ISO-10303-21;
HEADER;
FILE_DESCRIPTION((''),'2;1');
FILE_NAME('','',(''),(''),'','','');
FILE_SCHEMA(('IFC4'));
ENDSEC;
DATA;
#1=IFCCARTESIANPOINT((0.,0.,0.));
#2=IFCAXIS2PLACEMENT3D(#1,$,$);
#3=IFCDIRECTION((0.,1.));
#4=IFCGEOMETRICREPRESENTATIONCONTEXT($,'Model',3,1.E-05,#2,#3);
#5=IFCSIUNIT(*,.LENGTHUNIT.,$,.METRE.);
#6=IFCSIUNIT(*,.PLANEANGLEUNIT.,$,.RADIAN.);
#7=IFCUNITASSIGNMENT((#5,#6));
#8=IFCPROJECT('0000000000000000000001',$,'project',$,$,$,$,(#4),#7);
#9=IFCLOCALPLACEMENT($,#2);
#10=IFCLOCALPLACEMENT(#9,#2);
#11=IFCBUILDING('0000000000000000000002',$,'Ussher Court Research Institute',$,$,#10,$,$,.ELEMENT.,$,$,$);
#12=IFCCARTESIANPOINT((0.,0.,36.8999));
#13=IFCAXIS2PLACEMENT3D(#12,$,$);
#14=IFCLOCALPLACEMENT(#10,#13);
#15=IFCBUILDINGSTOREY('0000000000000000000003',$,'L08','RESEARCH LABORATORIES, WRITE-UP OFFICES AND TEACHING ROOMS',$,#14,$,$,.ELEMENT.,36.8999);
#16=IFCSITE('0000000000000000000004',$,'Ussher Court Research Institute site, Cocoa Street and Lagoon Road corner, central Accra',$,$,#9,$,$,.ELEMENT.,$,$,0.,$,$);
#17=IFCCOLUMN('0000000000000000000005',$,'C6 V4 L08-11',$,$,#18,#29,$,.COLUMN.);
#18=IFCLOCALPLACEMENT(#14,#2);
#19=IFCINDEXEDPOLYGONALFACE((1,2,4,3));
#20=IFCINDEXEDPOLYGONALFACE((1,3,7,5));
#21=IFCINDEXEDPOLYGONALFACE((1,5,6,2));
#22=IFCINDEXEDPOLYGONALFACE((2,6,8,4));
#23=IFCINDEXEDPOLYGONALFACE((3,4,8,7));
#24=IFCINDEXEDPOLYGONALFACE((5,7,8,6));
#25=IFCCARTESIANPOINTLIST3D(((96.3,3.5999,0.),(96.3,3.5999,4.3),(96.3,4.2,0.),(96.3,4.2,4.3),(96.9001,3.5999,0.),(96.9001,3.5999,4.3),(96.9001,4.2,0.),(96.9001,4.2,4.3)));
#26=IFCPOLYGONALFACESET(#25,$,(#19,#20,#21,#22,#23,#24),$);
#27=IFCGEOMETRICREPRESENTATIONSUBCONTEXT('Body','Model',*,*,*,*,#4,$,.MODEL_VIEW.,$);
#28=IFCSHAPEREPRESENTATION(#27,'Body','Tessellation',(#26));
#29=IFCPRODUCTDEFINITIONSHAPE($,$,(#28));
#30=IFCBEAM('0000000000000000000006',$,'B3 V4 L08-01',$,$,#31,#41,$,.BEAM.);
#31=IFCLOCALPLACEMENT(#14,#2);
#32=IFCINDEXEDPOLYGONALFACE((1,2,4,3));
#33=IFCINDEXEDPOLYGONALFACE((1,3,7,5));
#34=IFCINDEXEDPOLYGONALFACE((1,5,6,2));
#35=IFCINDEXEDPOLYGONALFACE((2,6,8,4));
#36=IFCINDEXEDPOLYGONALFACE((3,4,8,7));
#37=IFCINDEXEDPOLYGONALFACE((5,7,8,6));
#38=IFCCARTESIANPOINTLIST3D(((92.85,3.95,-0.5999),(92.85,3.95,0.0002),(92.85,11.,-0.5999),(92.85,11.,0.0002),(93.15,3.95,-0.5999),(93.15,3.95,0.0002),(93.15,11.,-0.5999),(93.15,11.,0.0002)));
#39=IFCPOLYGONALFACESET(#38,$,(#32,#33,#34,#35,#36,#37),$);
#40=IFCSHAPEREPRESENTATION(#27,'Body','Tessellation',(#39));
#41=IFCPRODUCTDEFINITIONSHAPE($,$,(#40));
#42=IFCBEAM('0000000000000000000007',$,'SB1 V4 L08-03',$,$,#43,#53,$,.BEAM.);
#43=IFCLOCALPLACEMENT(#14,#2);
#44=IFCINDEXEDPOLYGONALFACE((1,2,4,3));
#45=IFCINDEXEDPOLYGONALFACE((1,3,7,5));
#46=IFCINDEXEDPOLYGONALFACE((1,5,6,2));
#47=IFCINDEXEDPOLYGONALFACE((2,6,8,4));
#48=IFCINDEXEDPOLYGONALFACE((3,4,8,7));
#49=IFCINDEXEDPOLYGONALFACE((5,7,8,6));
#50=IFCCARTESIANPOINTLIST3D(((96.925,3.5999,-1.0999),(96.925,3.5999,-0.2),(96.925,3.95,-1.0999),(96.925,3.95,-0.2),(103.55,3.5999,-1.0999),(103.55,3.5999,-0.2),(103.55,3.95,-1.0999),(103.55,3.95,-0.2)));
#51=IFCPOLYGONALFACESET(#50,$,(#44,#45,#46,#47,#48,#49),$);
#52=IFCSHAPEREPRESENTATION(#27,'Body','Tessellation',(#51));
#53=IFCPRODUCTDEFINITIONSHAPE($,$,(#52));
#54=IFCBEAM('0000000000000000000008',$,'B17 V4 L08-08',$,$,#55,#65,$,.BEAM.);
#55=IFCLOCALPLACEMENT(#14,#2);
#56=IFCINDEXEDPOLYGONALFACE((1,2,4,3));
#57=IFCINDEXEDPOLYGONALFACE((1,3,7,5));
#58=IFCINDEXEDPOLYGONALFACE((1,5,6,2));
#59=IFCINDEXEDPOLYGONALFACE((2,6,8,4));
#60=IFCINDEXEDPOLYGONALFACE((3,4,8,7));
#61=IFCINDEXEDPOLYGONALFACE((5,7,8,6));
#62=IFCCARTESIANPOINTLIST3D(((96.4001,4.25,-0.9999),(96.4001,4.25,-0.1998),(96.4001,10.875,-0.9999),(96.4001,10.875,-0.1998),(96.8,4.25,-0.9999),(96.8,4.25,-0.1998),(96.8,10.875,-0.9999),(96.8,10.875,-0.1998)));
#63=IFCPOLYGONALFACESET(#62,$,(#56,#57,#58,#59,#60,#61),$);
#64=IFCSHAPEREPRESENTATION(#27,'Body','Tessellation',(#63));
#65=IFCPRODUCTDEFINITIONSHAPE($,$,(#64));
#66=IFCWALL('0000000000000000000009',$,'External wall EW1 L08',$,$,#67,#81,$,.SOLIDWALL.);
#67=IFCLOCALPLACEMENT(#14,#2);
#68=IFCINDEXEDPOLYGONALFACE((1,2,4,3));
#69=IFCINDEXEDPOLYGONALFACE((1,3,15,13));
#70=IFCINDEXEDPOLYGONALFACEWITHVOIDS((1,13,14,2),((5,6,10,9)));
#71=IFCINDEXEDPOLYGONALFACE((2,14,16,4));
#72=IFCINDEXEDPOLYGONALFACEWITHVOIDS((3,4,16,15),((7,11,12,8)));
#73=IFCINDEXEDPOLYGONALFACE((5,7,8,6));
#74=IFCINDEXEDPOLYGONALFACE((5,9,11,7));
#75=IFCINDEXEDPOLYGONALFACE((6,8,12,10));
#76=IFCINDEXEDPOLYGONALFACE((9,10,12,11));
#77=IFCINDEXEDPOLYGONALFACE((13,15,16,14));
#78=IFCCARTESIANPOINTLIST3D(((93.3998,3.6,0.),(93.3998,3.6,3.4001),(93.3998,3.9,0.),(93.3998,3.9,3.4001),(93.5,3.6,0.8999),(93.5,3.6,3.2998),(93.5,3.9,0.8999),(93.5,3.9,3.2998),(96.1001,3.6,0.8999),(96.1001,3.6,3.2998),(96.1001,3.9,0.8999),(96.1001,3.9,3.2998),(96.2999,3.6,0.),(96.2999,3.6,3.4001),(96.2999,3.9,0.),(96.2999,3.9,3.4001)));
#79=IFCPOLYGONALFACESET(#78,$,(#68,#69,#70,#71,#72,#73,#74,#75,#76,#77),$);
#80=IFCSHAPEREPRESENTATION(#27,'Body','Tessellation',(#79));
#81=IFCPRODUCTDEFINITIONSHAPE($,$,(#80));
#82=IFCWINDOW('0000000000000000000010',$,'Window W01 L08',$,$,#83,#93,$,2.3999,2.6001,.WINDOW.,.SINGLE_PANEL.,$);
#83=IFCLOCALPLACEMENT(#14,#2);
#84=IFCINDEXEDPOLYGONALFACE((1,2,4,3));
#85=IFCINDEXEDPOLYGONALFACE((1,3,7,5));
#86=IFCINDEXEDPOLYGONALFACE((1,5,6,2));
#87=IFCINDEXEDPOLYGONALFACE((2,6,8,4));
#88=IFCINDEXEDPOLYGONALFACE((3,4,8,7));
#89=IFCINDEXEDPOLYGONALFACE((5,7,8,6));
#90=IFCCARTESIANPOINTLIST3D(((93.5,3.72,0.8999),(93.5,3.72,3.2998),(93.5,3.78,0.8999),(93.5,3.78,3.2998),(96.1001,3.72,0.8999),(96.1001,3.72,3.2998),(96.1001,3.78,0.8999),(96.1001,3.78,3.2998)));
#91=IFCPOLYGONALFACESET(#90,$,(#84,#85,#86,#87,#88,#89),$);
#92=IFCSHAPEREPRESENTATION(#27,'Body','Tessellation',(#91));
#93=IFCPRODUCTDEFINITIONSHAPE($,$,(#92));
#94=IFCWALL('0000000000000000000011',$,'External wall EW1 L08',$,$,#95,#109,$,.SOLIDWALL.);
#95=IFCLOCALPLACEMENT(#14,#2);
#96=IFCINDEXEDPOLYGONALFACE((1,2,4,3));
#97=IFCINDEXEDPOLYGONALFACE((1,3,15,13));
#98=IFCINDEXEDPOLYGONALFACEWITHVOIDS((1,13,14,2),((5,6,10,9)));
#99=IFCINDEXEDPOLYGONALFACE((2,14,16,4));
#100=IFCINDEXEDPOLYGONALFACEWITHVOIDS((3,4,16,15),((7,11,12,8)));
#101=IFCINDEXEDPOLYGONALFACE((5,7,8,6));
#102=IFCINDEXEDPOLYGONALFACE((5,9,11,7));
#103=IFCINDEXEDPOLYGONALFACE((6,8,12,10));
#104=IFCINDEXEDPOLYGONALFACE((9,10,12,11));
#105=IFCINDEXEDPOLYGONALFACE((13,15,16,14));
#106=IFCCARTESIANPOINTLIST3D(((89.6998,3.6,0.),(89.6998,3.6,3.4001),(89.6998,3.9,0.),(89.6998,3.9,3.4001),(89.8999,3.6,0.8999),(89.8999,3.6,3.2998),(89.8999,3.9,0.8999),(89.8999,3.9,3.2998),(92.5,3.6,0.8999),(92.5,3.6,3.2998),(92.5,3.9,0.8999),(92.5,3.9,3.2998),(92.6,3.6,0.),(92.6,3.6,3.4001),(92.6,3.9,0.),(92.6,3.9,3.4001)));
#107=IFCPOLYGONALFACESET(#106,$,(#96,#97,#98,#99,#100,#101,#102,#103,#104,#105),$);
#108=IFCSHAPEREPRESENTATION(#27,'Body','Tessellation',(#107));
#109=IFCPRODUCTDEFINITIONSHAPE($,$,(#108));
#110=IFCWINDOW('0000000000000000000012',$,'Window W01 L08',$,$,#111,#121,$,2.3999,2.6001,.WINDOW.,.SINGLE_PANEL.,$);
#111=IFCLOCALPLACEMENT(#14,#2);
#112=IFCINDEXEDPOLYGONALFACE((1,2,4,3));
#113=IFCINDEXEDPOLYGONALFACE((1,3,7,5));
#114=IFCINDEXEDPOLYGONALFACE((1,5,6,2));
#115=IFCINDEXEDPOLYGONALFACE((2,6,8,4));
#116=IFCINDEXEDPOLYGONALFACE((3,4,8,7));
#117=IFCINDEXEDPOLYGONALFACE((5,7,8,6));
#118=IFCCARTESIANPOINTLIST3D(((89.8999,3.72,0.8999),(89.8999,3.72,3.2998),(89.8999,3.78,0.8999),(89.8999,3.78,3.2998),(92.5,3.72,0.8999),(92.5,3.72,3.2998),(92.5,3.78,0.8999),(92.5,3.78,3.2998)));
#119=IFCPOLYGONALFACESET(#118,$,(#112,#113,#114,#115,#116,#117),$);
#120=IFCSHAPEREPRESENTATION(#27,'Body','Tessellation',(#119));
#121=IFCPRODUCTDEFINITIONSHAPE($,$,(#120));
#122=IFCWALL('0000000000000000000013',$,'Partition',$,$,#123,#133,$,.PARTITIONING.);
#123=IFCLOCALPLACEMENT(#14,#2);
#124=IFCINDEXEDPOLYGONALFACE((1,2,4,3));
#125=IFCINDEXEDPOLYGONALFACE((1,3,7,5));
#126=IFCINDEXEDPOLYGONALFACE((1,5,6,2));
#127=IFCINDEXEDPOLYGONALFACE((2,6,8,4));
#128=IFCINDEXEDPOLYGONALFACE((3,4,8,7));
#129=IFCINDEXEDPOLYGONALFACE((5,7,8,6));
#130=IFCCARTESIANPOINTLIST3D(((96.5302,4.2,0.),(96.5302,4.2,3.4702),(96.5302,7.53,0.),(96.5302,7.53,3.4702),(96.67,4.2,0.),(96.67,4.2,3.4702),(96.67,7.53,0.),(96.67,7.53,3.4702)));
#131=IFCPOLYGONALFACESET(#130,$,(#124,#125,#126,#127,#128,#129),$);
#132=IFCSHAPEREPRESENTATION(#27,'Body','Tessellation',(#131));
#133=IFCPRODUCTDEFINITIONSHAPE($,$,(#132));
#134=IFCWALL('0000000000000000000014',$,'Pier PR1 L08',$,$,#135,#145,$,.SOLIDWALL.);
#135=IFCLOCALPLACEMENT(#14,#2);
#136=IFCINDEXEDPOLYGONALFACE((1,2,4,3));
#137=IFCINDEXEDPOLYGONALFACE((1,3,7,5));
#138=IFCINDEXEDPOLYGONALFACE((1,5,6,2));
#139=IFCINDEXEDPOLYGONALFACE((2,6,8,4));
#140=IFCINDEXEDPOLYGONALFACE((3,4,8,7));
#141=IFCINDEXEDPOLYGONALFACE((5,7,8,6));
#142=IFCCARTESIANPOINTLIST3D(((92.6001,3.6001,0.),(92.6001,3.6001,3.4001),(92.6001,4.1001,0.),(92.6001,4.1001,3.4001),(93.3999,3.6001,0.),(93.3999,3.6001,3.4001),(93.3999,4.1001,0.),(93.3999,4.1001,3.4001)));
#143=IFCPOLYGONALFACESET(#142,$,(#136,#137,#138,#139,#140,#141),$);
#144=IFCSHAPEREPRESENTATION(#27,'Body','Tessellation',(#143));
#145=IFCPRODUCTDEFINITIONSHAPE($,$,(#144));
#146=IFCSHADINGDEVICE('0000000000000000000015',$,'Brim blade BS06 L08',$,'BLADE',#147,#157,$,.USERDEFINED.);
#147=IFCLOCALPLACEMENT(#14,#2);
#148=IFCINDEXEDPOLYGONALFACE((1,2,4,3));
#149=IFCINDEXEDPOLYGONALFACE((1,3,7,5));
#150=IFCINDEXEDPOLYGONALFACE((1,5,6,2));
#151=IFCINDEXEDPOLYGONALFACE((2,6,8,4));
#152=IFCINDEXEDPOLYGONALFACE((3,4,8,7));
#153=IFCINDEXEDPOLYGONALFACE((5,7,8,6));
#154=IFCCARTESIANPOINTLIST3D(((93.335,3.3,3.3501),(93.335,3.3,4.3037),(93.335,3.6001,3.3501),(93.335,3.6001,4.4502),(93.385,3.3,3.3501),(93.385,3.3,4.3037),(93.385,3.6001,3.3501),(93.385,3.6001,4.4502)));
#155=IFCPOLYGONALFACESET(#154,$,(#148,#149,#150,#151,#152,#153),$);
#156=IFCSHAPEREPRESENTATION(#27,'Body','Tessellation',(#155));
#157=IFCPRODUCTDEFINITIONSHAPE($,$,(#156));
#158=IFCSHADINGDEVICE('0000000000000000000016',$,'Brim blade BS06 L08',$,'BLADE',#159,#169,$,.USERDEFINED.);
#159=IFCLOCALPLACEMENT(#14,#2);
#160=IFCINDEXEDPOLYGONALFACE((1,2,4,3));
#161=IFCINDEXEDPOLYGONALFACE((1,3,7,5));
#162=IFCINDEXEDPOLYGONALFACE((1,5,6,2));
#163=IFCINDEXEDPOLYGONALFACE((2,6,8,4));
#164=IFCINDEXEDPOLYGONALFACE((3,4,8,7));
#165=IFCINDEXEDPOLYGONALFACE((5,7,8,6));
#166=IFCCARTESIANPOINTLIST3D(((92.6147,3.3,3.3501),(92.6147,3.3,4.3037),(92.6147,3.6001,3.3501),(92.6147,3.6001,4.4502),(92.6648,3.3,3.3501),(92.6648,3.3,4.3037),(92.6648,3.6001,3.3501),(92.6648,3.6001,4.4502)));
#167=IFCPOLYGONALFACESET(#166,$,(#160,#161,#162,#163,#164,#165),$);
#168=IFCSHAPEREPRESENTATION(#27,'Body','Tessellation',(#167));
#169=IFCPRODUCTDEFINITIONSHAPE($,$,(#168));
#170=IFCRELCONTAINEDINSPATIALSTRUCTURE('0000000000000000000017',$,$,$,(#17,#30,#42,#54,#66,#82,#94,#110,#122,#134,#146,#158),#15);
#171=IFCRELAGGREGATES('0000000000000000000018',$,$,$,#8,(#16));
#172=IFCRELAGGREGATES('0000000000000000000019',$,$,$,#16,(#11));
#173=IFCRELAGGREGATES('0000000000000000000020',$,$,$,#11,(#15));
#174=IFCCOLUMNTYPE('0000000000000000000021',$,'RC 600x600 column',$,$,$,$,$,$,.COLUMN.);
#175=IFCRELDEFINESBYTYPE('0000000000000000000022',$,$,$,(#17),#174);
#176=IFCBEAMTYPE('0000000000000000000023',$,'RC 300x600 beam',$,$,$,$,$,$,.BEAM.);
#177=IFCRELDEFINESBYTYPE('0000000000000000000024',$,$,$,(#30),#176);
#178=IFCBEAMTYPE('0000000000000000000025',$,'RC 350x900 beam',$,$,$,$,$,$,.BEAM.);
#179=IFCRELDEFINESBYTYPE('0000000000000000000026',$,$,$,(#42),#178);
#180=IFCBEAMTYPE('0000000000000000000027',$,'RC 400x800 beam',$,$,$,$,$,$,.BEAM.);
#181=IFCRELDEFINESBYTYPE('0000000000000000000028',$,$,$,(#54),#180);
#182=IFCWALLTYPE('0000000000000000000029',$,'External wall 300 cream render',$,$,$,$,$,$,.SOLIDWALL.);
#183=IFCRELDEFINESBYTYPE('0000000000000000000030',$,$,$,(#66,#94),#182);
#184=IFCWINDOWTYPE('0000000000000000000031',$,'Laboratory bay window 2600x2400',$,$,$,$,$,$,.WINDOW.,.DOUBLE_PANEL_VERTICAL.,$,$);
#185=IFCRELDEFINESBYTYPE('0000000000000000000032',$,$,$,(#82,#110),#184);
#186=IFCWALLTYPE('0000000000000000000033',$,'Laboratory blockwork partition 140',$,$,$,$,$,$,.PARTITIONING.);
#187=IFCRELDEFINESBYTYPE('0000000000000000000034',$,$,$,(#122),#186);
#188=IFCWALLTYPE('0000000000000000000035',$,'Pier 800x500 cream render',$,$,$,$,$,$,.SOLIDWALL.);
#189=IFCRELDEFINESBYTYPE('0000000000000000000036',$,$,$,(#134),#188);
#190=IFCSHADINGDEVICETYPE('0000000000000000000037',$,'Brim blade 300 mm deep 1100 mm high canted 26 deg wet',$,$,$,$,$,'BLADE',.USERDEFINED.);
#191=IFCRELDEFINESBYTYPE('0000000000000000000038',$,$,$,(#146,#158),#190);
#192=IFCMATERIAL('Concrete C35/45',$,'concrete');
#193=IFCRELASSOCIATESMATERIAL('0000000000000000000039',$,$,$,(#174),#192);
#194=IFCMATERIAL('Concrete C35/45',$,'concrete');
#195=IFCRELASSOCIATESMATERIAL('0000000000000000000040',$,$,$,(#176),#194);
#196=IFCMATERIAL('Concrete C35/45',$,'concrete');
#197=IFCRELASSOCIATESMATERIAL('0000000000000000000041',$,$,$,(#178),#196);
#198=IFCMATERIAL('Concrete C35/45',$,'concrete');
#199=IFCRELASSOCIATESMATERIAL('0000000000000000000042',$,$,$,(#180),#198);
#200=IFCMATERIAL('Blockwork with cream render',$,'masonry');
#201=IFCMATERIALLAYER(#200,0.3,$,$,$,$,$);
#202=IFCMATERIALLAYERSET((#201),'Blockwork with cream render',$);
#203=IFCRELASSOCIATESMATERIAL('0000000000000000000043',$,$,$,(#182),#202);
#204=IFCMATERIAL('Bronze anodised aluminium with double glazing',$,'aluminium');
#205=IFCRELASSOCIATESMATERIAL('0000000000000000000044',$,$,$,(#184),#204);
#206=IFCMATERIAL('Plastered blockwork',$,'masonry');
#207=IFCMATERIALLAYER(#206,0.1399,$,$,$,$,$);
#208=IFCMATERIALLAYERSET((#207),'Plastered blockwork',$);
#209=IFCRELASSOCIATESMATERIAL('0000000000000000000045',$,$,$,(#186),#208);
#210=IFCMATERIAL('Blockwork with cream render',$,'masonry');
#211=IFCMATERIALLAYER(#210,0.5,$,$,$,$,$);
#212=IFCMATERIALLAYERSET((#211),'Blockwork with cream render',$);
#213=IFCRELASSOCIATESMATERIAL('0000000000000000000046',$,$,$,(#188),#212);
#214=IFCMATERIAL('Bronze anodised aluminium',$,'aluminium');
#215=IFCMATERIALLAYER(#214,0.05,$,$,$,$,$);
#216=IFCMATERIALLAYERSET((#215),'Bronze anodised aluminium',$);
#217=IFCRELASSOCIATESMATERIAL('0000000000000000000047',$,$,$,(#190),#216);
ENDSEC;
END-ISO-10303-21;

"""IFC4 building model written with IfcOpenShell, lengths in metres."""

from ifc_helpers import new_model, si_unit, direction, frame, frame_2d, origin, origin_2d, place, context, subcontext, project, spatial, polyline, rectangle, outline, extrude, material, layer, layer_set, material_profile, profile_set, type_object, element, fill, save


model = new_model("IFC4")

# Units and contexts
model_context = context("Model", 3, precision=1e-05, world=origin(), true_north=direction((0.0, 1.0)))
body_context = subcontext(model_context, "Body", "Model", "MODEL_VIEW")
ifc_project = project(units=[si_unit("LENGTHUNIT", "METRE"), si_unit("PLANEANGLEUNIT", "RADIAN")], contexts=[model_context])

# Site, building, storey
site_placement = place(None, origin())
site = spatial("IfcSite", under=ifc_project, at=site_placement, Name="Ussher Court Research Institute site, Cocoa Street and Lagoon Road corner, central Accra", CompositionType="ELEMENT", RefElevation=0.0)
building_placement = place(site_placement, origin())
building = spatial("IfcBuilding", under=site, at=building_placement, Name="Ussher Court Research Institute", CompositionType="ELEMENT")
storey_placement = place(building_placement, frame((0.0, 0.0, 36.8999)))
storey = spatial("IfcBuildingStorey", under=building, at=storey_placement, Name="L08", Description="RESEARCH LABORATORIES, WRITE-UP OFFICES AND TEACHING ROOMS", CompositionType="ELEMENT", Elevation=36.8999)

# Column
ifc_material_1 = material(Name="Concrete C35/45", Category="concrete")
ifc_material_profile_1 = material_profile(ifc_material_1, rectangle(XDim=0.6001, YDim=0.6001, at=origin_2d()), Name="RC 600x600")
ifc_profile_set_1 = profile_set([ifc_material_profile_1], Name="Concrete C35/45")
column_type = type_object("IfcColumnType", Name="RC 600x600 column", PredefinedType="COLUMN", material=ifc_profile_set_1)
column_placement = place(storey_placement, frame((96.6001, 3.8999, 0.0), z_axis=(0.0, 0.0, 1.0), x_axis=(1.0, 0.0, 0.0)))
element("IfcColumn", 1, at=column_placement, inside=storey, type_object=column_type, Name="C6 V4 L08-11", PredefinedType="COLUMN", context=body_context, shape_type="SweptSolid", body=[
    extrude(rectangle(XDim=0.6001, YDim=0.6001, at=origin_2d()), origin(), (0.0, 0.0, 1.0), 4.3),
])

# Beams
ifc_material_2 = material(Name="Concrete C35/45", Category="concrete")
ifc_material_profile_2 = material_profile(ifc_material_2, rectangle(XDim=0.3, YDim=0.6001, at=origin_2d()), Name="RC 300x600")
ifc_profile_set_2 = profile_set([ifc_material_profile_2], Name="Concrete C35/45")
beam_type_1 = type_object("IfcBeamType", Name="RC 300x600 beam", PredefinedType="BEAM", material=ifc_profile_set_2)
beam_1_placement = place(storey_placement, frame((93.0, 3.95, -0.2998), z_axis=(0.0, 1.0, 0.0), x_axis=(-1.0, 0.0, 0.0)))
element("IfcBeam", 2, at=beam_1_placement, inside=storey, type_object=beam_type_1, Name="B3 V4 L08-01", PredefinedType="BEAM", context=body_context, shape_type="SweptSolid", body=[
    extrude(rectangle(XDim=0.3, YDim=0.6001, at=origin_2d()), origin(), (0.0, 0.0, 1.0), 7.05),
])
ifc_material_3 = material(Name="Concrete C35/45", Category="concrete")
ifc_material_profile_3 = material_profile(ifc_material_3, rectangle(XDim=0.3501, YDim=0.8999, at=origin_2d()), Name="RC 350x900")
ifc_profile_set_3 = profile_set([ifc_material_profile_3], Name="Concrete C35/45")
beam_type_2 = type_object("IfcBeamType", Name="RC 350x900 beam", PredefinedType="BEAM", material=ifc_profile_set_3)
beam_2_placement = place(storey_placement, frame((96.925, 3.7749, -0.6499), z_axis=(1.0, 0.0, 0.0), x_axis=(0.0, 1.0, 0.0)))
element("IfcBeam", 3, at=beam_2_placement, inside=storey, type_object=beam_type_2, Name="SB1 V4 L08-03", PredefinedType="BEAM", context=body_context, shape_type="SweptSolid", body=[
    extrude(rectangle(XDim=0.3501, YDim=0.8999, at=origin_2d()), origin(), (0.0, 0.0, 1.0), 6.625),
])
ifc_material_4 = material(Name="Concrete C35/45", Category="concrete")
ifc_material_profile_4 = material_profile(ifc_material_4, rectangle(XDim=0.3999, YDim=0.8, at=origin_2d()), Name="RC 400x800")
ifc_profile_set_4 = profile_set([ifc_material_profile_4], Name="Concrete C35/45")
beam_type_3 = type_object("IfcBeamType", Name="RC 400x800 beam", PredefinedType="BEAM", material=ifc_profile_set_4)
beam_3_placement = place(storey_placement, frame((96.6001, 4.25, -0.5999), z_axis=(0.0, 1.0, 0.0), x_axis=(-1.0, 0.0, 0.0)))
element("IfcBeam", 4, at=beam_3_placement, inside=storey, type_object=beam_type_3, Name="B17 V4 L08-08", PredefinedType="BEAM", context=body_context, shape_type="SweptSolid", body=[
    extrude(rectangle(XDim=0.3999, YDim=0.8, at=origin_2d()), origin(), (0.0, 0.0, 1.0), 6.625),
])

# Walls, openings, windows
ifc_material_5 = material(Name="Blockwork with cream render", Category="masonry")
ifc_layer_1 = layer(ifc_material_5, 0.3)
ifc_layer_set_1 = layer_set([ifc_layer_1], Name="Blockwork with cream render")
wall_type_1 = type_object("IfcWallType", Name="External wall 300 cream render", PredefinedType="SOLIDWALL", material=ifc_layer_set_1)
wall_1_placement = place(storey_placement, frame((96.3, 3.75, 0.0), z_axis=(0.0, 0.0, 1.0), x_axis=(-1.0, 0.0, 0.0)))
wall_1 = element("IfcWall", 5, at=wall_1_placement, inside=storey, type_object=wall_type_1, Name="External wall EW1 L08", PredefinedType="SOLIDWALL", context=body_context, shape_type="SweptSolid", body=[
    extrude(rectangle(XDim=2.9001, YDim=0.3, at=frame_2d((1.4502, 0.0))), origin(), (0.0, 0.0, 1.0), 3.4001),
])
opening_1_placement = place(wall_1_placement, frame((0.2, 0.0, 0.8999)))
opening_1 = element("IfcOpeningElement", 6, at=opening_1_placement, cuts=wall_1, PredefinedType="OPENING", context=body_context, shape_type="SweptSolid", body=[
    extrude(rectangle(XDim=2.6001, YDim=2.3999, at=frame_2d((1.3, 1.2))), frame((0.0, 0.1602, 0.0), z_axis=(0.0, -1.0, 0.0), x_axis=(1.0, 0.0, 0.0)), (0.0, 0.0, 1.0), 0.3201),
])
ifc_material_6 = material(Name="Bronze anodised aluminium with double glazing", Category="aluminium")
window_type = type_object("IfcWindowType", Name="Laboratory bay window 2600x2400", PartitioningType="DOUBLE_PANEL_VERTICAL", PredefinedType="WINDOW", material=ifc_material_6)
window_1_placement = place(opening_1_placement, origin())
window_1 = element("IfcWindow", 7, at=window_1_placement, inside=storey, type_object=window_type, Name="Window W01 L08", OverallHeight=2.3999, OverallWidth=2.6001, PartitioningType="SINGLE_PANEL", PredefinedType="WINDOW", context=body_context, shape_type="SweptSolid", body=[
    extrude(rectangle(XDim=2.6001, YDim=2.3999, at=frame_2d((1.3, 1.2))), frame((0.0, 0.03, 0.0), z_axis=(0.0, -1.0, 0.0), x_axis=(1.0, 0.0, 0.0)), (0.0, 0.0, 1.0), 0.0601),
])
fill(opening_1, window_1)
wall_2_placement = place(storey_placement, frame((92.6001, 3.75, 0.0), z_axis=(0.0, 0.0, 1.0), x_axis=(-1.0, 0.0, 0.0)))
wall_2 = element("IfcWall", 8, at=wall_2_placement, inside=storey, type_object=wall_type_1, Name="External wall EW1 L08", PredefinedType="SOLIDWALL", context=body_context, shape_type="SweptSolid", body=[
    extrude(rectangle(XDim=2.9001, YDim=0.3, at=frame_2d((1.4502, 0.0))), origin(), (0.0, 0.0, 1.0), 3.4001),
])
opening_2_placement = place(wall_2_placement, frame((0.1001, 0.0, 0.8999)))
opening_2 = element("IfcOpeningElement", 9, at=opening_2_placement, cuts=wall_2, PredefinedType="OPENING", context=body_context, shape_type="SweptSolid", body=[
    extrude(rectangle(XDim=2.6001, YDim=2.3999, at=frame_2d((1.3, 1.2))), frame((0.0, 0.1602, 0.0), z_axis=(0.0, -1.0, 0.0), x_axis=(1.0, 0.0, 0.0)), (0.0, 0.0, 1.0), 0.3201),
])
window_2_placement = place(opening_2_placement, origin())
window_2 = element("IfcWindow", 10, at=window_2_placement, inside=storey, type_object=window_type, Name="Window W01 L08", OverallHeight=2.3999, OverallWidth=2.6001, PartitioningType="SINGLE_PANEL", PredefinedType="WINDOW", context=body_context, shape_type="SweptSolid", body=[
    extrude(rectangle(XDim=2.6001, YDim=2.3999, at=frame_2d((1.3, 1.2))), frame((0.0, 0.03, 0.0), z_axis=(0.0, -1.0, 0.0), x_axis=(1.0, 0.0, 0.0)), (0.0, 0.0, 1.0), 0.0601),
])
fill(opening_2, window_2)

# Walls
ifc_material_7 = material(Name="Plastered blockwork", Category="masonry")
ifc_layer_2 = layer(ifc_material_7, 0.1399)
ifc_layer_set_2 = layer_set([ifc_layer_2], Name="Plastered blockwork")
wall_type_2 = type_object("IfcWallType", Name="Laboratory blockwork partition 140", PredefinedType="PARTITIONING", material=ifc_layer_set_2)
wall_3_placement = place(storey_placement, frame((96.6001, 4.2, 0.0), z_axis=(0.0, 0.0, 1.0), x_axis=(0.0, 1.0, 0.0)))
element("IfcWall", 11, at=wall_3_placement, inside=storey, type_object=wall_type_2, Name="Partition", PredefinedType="PARTITIONING", context=body_context, shape_type="SweptSolid", body=[
    extrude(rectangle(XDim=3.3301, YDim=0.1399, at=frame_2d((1.665, 0.0))), origin(), (0.0, 0.0, 1.0), 3.4702),
])
ifc_material_8 = material(Name="Blockwork with cream render", Category="masonry")
ifc_layer_3 = layer(ifc_material_8, 0.5)
ifc_layer_set_3 = layer_set([ifc_layer_3], Name="Blockwork with cream render")
wall_type_3 = type_object("IfcWallType", Name="Pier 800x500 cream render", PredefinedType="SOLIDWALL", material=ifc_layer_set_3)
wall_4_placement = place(storey_placement, frame((93.3999, 3.8501, 0.0), z_axis=(0.0, 0.0, 1.0), x_axis=(-1.0, 0.0, 0.0)))
element("IfcWall", 12, at=wall_4_placement, inside=storey, type_object=wall_type_3, Name="Pier PR1 L08", PredefinedType="SOLIDWALL", context=body_context, shape_type="SweptSolid", body=[
    extrude(rectangle(XDim=0.7998, YDim=0.5, at=frame_2d((0.3999, 0.0))), origin(), (0.0, 0.0, 1.0), 3.4001),
])

# Shading devices
ifc_material_9 = material(Name="Bronze anodised aluminium", Category="aluminium")
ifc_layer_4 = layer(ifc_material_9, 0.05)
ifc_layer_set_4 = layer_set([ifc_layer_4], Name="Bronze anodised aluminium")
shading_device_type_1 = type_object("IfcShadingDeviceType", Name="Brim blade 300 mm deep 1100 mm high canted 26 deg wet", ElementType="BLADE", PredefinedType="USERDEFINED", material=ifc_layer_set_4)
for number, where, z_axis, x_axis, name in (
    (13, (93.3601, 3.6001, 3.3501), (0.0, 0.0, 1.0), (0.0, -1.0, 0.0), "Brim blade BS06 L08"),
    (14, (92.6399, 3.6001, 3.3501), (0.0, 0.0, 1.0), (0.0, -1.0, 0.0), "Brim blade BS06 L08"),
):
    element("IfcShadingDevice", number, at=place(storey_placement, frame(where, z_axis=z_axis, x_axis=x_axis)), inside=storey, type_object=shading_device_type_1, Name=name, ObjectType="BLADE", PredefinedType="USERDEFINED", context=body_context, shape_type="SweptSolid", body=[
        extrude(outline(polyline([(0.0, 0.0), (0.3, 0.0), (0.3, 0.9536), (0.0, 1.1001), (0.0, 0.0)])), frame((0.0, 0.0249, 0.0), z_axis=(0.0, -1.0, 0.0), x_axis=(1.0, 0.0, 0.0)), (0.0, 0.0, 1.0), 0.05),
    ])

save(model, "model.ifc")
